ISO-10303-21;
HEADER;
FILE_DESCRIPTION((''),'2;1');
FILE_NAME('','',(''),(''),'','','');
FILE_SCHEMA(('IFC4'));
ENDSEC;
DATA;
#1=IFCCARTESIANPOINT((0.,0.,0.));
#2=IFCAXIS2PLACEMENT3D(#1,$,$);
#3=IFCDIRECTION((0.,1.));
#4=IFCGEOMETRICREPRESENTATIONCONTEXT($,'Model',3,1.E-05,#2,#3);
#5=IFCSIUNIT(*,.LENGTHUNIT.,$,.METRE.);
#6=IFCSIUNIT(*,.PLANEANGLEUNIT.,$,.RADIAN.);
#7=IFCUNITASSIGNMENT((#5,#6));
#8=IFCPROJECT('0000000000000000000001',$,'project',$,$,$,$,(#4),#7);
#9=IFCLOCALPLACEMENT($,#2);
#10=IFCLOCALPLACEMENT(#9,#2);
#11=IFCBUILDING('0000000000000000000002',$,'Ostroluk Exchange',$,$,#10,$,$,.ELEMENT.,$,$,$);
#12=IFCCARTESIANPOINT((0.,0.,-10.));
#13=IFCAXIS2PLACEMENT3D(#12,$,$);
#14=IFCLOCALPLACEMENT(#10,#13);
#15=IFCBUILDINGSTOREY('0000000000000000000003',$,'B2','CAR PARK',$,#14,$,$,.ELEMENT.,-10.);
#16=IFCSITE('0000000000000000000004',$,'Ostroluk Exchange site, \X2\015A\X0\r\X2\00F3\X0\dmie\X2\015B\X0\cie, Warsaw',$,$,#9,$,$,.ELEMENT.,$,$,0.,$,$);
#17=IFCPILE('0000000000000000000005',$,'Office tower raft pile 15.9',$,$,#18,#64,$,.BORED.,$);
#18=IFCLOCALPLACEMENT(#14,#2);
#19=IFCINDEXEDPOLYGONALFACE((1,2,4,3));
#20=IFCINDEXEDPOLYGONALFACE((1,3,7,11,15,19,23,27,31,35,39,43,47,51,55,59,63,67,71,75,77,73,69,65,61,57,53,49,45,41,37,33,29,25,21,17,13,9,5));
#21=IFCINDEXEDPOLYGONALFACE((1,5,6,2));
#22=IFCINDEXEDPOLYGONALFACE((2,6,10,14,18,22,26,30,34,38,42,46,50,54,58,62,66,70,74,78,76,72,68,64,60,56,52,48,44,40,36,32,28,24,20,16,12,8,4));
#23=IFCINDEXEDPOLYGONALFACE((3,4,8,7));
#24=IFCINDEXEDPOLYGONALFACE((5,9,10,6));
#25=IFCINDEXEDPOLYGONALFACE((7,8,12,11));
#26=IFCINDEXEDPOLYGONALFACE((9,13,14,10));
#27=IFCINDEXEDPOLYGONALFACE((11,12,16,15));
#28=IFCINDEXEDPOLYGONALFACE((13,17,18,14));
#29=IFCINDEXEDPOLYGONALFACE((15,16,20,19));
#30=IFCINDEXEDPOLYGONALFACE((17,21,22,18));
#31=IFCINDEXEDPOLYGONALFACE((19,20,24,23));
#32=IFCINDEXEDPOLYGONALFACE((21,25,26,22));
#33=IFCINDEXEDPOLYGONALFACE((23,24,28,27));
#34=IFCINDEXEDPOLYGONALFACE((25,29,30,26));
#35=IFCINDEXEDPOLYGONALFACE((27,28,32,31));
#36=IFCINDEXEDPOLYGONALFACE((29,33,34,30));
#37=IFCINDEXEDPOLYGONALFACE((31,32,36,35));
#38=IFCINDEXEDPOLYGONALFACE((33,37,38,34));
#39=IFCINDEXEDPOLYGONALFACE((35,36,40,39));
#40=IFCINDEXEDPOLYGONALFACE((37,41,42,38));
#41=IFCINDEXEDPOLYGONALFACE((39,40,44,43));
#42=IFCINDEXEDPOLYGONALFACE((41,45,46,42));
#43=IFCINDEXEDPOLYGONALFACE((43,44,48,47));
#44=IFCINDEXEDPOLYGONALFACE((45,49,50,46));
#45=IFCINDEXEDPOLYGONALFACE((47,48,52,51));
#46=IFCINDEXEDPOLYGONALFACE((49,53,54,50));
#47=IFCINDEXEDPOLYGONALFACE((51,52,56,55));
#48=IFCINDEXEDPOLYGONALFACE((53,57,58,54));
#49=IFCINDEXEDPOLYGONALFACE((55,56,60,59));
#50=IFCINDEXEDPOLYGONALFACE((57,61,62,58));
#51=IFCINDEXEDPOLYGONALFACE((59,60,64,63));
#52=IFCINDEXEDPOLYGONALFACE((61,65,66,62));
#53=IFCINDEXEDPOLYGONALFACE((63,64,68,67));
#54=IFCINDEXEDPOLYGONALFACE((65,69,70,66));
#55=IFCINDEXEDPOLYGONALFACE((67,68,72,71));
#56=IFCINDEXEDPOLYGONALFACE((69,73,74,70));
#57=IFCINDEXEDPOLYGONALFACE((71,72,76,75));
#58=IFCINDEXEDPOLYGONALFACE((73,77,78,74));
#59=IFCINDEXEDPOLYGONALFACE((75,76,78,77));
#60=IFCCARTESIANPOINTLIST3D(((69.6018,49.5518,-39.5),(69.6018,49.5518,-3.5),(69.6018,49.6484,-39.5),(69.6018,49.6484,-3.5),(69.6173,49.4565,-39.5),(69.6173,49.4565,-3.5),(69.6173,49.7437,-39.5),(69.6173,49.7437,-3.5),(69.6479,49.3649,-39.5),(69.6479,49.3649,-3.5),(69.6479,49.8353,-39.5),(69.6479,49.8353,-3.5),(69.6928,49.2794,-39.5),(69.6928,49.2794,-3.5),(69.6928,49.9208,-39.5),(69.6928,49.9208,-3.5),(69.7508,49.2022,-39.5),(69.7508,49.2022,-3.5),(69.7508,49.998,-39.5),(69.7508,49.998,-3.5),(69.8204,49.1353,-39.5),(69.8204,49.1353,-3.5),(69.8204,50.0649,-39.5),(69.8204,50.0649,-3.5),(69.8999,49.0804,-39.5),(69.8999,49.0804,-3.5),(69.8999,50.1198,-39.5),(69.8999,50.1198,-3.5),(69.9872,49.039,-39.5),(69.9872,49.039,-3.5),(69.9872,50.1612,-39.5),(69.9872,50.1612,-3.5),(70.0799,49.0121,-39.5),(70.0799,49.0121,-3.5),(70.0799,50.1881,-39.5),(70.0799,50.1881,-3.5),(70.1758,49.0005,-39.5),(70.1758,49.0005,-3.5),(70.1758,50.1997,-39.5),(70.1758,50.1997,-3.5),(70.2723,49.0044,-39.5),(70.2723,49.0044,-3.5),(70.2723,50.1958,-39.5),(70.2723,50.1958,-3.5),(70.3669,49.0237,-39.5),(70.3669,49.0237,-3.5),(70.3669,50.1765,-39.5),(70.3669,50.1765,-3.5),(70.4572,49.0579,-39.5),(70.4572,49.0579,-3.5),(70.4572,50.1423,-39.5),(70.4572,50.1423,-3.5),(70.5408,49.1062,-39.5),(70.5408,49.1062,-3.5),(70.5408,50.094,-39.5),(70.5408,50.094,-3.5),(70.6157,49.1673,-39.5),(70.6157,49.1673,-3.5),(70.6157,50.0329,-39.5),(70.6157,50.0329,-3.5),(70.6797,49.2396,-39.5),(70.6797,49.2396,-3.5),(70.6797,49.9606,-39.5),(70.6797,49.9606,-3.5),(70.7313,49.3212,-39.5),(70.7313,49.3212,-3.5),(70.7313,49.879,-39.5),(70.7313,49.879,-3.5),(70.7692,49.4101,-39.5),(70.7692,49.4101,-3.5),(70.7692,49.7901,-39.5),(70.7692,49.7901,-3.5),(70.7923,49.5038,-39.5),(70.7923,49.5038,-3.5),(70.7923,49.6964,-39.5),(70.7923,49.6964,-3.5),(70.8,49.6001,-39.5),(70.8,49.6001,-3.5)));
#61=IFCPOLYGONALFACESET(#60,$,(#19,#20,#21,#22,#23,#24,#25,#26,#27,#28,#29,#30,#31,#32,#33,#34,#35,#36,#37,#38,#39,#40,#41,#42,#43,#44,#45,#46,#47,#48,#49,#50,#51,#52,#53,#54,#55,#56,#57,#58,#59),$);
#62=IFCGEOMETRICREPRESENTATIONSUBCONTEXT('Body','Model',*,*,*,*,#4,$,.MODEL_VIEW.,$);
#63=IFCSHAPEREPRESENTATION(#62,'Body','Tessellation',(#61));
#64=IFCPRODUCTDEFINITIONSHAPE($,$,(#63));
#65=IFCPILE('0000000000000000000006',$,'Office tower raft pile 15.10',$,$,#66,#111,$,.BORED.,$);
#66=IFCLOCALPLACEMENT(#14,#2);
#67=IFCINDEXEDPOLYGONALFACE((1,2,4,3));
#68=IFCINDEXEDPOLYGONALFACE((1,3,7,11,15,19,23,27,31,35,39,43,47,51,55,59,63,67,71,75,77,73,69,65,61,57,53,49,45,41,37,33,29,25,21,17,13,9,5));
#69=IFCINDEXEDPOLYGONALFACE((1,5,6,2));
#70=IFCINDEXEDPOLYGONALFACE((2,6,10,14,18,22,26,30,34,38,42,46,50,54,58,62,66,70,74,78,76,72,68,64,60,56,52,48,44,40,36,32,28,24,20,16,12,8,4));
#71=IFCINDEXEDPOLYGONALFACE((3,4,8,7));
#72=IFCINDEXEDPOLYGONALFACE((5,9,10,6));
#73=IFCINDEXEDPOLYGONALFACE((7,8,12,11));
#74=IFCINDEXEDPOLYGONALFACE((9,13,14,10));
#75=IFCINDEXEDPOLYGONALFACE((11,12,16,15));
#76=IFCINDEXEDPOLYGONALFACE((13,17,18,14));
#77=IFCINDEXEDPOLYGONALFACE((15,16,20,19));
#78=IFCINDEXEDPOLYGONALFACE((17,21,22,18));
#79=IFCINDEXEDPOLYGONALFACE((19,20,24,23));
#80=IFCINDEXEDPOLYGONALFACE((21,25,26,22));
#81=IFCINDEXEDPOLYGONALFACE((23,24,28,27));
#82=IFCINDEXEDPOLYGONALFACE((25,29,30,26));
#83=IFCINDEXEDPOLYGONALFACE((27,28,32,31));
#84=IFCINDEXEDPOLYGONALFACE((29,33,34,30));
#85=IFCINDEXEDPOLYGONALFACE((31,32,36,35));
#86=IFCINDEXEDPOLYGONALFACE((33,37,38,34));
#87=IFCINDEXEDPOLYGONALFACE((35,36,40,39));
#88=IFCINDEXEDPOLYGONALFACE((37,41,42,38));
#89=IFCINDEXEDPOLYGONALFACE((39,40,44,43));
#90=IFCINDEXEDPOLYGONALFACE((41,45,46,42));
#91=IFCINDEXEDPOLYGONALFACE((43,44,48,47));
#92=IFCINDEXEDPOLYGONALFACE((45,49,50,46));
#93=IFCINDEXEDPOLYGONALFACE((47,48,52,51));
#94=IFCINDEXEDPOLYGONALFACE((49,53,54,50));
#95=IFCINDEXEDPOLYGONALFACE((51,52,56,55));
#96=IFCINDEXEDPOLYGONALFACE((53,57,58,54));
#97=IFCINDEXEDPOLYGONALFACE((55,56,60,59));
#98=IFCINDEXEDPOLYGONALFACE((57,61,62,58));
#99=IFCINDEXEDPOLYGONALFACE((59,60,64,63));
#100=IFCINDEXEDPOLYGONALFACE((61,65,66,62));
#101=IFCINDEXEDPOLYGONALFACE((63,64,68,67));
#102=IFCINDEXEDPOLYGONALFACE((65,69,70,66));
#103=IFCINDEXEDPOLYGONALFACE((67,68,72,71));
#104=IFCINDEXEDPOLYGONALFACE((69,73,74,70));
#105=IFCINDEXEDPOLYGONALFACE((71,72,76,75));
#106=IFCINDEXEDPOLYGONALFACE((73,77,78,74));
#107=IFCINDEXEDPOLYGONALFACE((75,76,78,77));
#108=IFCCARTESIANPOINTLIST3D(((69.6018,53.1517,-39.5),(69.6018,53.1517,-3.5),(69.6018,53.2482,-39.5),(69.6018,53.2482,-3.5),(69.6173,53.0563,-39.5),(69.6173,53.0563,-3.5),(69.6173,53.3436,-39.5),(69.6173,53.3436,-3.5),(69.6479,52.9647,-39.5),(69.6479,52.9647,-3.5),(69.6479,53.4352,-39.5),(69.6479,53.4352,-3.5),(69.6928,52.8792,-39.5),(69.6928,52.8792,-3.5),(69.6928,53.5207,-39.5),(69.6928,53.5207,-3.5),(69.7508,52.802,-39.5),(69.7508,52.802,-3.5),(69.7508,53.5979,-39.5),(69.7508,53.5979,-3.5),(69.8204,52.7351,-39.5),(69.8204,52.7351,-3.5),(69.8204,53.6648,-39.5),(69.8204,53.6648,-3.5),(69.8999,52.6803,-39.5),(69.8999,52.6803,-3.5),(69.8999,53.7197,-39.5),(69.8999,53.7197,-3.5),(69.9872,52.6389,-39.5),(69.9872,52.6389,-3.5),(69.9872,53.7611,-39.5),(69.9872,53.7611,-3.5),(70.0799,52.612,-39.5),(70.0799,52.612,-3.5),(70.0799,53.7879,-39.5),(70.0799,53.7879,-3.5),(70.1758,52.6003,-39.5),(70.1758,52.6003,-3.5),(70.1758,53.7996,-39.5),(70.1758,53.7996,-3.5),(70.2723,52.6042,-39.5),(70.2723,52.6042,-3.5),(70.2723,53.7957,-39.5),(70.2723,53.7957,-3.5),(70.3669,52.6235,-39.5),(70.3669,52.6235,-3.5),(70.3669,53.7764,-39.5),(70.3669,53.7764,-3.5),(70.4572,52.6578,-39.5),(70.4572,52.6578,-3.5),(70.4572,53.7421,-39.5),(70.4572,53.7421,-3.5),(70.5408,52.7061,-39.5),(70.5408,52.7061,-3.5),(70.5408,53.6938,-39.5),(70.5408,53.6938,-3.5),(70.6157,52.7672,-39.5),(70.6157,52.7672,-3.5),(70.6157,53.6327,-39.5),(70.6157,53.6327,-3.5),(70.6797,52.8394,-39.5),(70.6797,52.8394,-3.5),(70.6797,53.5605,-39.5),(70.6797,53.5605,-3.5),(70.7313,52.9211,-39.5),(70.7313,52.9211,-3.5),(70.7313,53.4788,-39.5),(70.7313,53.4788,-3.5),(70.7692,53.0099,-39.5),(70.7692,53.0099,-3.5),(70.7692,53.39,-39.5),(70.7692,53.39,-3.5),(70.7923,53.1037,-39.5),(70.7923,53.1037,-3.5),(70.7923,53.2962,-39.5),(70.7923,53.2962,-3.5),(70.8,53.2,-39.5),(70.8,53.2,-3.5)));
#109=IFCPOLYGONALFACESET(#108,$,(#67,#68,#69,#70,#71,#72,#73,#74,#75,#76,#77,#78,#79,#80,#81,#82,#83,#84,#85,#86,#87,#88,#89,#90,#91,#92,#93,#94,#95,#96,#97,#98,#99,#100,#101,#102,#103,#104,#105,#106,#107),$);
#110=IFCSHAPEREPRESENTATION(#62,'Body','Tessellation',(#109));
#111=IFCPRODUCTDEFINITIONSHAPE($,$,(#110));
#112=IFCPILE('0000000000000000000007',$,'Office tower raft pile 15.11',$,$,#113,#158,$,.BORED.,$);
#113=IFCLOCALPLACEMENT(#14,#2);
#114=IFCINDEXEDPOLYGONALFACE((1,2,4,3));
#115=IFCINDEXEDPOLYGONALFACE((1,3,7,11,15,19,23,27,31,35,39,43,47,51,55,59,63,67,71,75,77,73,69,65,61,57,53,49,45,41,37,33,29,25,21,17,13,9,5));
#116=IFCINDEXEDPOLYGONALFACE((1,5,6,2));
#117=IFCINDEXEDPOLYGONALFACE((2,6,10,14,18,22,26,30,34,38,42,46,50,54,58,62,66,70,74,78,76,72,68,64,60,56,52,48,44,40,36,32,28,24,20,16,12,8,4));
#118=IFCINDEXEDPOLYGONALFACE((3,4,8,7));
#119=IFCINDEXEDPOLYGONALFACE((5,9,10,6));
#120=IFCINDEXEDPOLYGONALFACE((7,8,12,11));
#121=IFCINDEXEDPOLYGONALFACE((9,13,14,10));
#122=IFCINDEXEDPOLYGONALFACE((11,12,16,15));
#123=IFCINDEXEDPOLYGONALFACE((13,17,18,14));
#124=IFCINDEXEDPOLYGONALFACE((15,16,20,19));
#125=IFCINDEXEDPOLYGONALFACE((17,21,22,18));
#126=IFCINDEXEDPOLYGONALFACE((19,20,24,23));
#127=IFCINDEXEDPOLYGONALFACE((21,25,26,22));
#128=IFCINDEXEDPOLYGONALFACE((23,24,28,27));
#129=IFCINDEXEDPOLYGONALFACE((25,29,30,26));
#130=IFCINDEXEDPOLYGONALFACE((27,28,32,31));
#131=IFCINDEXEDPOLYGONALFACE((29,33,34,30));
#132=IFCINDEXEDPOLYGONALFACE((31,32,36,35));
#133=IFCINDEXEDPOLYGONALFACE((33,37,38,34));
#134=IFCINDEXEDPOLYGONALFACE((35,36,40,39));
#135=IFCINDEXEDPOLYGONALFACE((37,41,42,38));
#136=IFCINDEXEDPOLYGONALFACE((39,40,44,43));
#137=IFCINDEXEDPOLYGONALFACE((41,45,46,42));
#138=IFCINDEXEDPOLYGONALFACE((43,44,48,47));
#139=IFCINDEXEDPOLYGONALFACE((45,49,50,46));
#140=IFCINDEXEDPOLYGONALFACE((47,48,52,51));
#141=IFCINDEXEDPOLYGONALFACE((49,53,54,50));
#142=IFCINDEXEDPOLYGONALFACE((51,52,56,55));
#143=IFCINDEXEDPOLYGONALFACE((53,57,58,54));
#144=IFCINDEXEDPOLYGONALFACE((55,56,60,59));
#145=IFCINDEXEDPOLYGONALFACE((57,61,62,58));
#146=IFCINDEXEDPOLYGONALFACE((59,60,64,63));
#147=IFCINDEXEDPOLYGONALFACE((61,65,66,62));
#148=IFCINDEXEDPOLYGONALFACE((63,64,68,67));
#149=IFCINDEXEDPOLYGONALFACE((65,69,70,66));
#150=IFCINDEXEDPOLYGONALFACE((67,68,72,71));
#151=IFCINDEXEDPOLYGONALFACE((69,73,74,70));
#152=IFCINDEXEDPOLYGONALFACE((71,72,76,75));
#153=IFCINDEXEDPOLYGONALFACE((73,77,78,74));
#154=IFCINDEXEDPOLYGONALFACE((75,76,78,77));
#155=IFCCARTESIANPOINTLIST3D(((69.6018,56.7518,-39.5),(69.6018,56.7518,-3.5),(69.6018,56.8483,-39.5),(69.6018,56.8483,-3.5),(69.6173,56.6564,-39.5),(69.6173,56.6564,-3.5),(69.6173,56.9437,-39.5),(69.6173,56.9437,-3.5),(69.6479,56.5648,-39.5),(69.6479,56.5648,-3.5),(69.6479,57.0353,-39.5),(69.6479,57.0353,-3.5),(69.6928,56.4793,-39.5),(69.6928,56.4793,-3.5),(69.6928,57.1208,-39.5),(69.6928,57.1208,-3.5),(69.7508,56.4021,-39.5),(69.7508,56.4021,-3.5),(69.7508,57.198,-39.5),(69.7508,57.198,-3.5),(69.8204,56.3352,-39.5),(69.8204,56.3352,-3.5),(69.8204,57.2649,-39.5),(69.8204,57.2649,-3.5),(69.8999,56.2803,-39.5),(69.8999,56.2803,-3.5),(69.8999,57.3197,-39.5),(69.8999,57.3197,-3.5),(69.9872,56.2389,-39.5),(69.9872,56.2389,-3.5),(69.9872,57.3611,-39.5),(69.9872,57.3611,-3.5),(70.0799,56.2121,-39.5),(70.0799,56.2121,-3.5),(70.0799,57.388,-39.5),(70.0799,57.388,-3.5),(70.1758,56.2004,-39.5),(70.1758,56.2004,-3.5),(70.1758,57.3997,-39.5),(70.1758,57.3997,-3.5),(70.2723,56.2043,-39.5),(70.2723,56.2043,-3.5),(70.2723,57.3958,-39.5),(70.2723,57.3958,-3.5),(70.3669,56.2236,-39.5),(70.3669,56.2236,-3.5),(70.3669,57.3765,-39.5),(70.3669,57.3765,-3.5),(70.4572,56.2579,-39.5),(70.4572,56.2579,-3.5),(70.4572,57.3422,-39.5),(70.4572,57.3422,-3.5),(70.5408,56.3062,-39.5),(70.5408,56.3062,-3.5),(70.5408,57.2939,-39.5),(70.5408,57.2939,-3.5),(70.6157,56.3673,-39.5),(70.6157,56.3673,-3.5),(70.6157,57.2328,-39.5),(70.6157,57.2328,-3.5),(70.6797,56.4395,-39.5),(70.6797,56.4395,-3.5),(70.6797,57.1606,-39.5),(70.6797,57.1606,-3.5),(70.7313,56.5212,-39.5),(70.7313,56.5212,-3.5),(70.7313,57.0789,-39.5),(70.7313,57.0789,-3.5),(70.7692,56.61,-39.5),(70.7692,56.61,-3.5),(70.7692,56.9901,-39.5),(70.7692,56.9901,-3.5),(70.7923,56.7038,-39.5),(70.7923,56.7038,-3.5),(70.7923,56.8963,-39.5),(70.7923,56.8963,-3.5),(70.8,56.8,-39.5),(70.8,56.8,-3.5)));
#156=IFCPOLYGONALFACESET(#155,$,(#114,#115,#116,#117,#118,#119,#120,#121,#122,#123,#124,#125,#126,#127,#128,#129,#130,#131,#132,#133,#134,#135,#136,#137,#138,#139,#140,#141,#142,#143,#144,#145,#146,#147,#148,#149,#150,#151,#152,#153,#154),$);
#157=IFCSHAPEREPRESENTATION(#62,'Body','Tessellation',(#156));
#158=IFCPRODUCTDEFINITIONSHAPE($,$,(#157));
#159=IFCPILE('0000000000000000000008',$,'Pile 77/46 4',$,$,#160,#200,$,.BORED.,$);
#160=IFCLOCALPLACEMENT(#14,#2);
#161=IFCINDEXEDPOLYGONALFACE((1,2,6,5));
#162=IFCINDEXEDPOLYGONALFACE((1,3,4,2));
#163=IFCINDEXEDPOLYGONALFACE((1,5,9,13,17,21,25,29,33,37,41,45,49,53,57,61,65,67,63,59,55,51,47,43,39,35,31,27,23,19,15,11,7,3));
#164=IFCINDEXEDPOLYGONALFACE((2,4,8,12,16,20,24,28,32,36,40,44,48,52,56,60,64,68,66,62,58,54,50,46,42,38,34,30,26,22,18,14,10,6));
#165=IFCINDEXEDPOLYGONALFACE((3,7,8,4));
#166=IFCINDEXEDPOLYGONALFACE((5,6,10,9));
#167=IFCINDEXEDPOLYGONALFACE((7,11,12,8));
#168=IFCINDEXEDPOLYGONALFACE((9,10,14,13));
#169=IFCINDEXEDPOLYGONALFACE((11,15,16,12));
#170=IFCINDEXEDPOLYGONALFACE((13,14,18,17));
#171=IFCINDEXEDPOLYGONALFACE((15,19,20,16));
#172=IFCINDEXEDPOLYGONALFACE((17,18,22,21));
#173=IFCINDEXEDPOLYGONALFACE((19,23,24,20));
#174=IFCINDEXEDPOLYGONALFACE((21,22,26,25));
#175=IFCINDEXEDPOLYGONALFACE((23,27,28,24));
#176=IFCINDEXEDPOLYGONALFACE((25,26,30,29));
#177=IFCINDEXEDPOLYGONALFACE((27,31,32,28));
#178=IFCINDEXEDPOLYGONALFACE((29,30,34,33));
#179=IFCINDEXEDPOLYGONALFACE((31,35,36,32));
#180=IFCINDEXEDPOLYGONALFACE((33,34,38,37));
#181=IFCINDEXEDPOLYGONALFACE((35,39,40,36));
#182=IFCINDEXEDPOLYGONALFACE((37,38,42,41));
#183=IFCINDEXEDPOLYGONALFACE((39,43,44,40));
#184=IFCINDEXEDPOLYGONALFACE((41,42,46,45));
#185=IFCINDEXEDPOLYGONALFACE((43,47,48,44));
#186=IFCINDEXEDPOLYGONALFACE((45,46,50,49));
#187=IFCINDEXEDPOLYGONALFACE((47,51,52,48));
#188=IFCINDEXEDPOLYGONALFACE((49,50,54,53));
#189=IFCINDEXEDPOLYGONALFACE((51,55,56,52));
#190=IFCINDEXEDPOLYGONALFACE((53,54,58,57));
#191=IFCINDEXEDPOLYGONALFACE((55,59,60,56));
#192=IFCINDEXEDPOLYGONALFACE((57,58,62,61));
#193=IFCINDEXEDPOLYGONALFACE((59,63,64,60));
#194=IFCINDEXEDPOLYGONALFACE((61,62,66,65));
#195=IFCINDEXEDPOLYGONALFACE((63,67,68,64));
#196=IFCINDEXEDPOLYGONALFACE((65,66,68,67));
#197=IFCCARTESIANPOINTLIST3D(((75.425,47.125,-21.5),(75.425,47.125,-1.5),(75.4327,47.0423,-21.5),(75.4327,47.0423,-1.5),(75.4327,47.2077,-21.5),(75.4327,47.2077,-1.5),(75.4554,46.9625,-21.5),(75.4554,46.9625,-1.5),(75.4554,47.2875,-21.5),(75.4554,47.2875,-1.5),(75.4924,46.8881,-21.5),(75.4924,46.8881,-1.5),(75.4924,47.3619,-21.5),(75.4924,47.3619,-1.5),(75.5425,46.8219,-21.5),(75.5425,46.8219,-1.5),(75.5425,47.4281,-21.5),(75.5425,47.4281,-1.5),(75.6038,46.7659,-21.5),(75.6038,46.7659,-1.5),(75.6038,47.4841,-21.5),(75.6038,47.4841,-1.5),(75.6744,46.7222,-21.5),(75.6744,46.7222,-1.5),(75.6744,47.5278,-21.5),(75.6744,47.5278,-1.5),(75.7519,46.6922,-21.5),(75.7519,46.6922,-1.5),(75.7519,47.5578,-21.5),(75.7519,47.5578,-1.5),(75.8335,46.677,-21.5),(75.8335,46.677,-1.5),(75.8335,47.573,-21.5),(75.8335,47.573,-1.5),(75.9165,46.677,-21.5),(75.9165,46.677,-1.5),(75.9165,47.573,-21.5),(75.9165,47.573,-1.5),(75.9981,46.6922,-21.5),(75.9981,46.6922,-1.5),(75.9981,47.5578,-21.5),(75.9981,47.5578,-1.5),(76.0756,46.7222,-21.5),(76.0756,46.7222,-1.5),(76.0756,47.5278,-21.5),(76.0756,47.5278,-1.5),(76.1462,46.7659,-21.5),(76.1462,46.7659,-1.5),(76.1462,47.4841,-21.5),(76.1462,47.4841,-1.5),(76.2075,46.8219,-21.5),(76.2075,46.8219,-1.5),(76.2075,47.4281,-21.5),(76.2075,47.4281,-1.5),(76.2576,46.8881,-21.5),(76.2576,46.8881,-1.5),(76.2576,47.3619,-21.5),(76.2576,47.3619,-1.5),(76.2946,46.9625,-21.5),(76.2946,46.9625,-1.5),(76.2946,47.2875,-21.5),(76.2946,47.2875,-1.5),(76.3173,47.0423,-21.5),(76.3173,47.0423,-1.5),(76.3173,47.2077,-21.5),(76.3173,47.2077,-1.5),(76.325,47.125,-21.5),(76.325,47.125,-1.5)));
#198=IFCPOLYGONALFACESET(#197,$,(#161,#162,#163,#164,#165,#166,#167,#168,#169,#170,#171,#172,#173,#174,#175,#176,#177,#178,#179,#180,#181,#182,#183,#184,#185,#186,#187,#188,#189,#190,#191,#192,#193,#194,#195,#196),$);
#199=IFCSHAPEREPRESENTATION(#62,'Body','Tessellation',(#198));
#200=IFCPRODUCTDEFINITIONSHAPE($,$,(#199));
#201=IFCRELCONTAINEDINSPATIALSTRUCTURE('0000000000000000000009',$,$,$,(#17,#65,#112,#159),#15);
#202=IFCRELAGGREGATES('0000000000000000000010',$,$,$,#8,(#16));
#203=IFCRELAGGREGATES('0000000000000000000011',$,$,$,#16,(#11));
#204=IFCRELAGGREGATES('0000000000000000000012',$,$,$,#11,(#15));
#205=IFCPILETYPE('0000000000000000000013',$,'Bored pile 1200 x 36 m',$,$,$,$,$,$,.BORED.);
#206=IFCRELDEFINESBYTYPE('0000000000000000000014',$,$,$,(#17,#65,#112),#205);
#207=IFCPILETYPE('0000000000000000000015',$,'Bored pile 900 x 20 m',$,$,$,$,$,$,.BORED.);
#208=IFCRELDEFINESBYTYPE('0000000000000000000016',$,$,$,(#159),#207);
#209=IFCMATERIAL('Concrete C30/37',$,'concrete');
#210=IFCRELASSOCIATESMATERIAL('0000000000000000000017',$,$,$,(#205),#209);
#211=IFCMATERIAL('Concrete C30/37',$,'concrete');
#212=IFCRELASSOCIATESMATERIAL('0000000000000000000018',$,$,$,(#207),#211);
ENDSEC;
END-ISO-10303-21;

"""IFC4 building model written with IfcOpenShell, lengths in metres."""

from ifc_helpers import new_model, si_unit, direction, frame, origin, origin_2d, place, context, subcontext, project, spatial, circle, extrude, material, type_object, element, save


model = new_model("IFC4")

# Units and contexts
model_context = context("Model", 3, precision=1e-05, world=origin(), true_north=direction((0.0, 1.0)))
body_context = subcontext(model_context, "Body", "Model", "MODEL_VIEW")
ifc_project = project(units=[si_unit("LENGTHUNIT", "METRE"), si_unit("PLANEANGLEUNIT", "RADIAN")], contexts=[model_context])

# Site, building, storey
site_placement = place(None, origin())
site = spatial("IfcSite", under=ifc_project, at=site_placement, Name="Ostroluk Exchange site, Śródmieście, Warsaw", CompositionType="ELEMENT", RefElevation=0.0)
building_placement = place(site_placement, origin())
building = spatial("IfcBuilding", under=site, at=building_placement, Name="Ostroluk Exchange", CompositionType="ELEMENT")
storey_placement = place(building_placement, frame((0.0, 0.0, -10.0)))
storey = spatial("IfcBuildingStorey", under=building, at=storey_placement, Name="B2", Description="CAR PARK", CompositionType="ELEMENT", Elevation=-10.0)

# Piles
ifc_material_1 = material(Name="Concrete C30/37", Category="concrete")
pile_type_1 = type_object("IfcPileType", Name="Bored pile 1200 x 36 m", PredefinedType="BORED", material=ifc_material_1)
for number, where, z_axis, x_axis, name in (
    (1, (70.2, 49.6001, -3.5), (0.0, 0.0, -1.0), (1.0, 0.0, 0.0), "Office tower raft pile 15.9"),
    (2, (70.2, 53.2, -3.5), (0.0, 0.0, -1.0), (1.0, 0.0, 0.0), "Office tower raft pile 15.10"),
    (3, (70.2, 56.8, -3.5), (0.0, 0.0, -1.0), (1.0, 0.0, 0.0), "Office tower raft pile 15.11"),
):
    element("IfcPile", number, at=place(storey_placement, frame(where, z_axis=z_axis, x_axis=x_axis)), inside=storey, type_object=pile_type_1, Name=name, PredefinedType="BORED", context=body_context, shape_type="SweptSolid", body=[
        extrude(circle(Radius=0.6001, at=origin_2d()), origin(), (0.0, 0.0, 1.0), 36.0),
    ])
ifc_material_2 = material(Name="Concrete C30/37", Category="concrete")
pile_type_2 = type_object("IfcPileType", Name="Bored pile 900 x 20 m", PredefinedType="BORED", material=ifc_material_2)
pile_placement = place(storey_placement, frame((75.875, 47.125, -1.5), z_axis=(0.0, 0.0, -1.0), x_axis=(1.0, 0.0, 0.0)))
element("IfcPile", 4, at=pile_placement, inside=storey, type_object=pile_type_2, Name="Pile 77/46 4", PredefinedType="BORED", context=body_context, shape_type="SweptSolid", body=[
    extrude(circle(Radius=0.45, at=origin_2d()), origin(), (0.0, 0.0, 1.0), 20.0),
])

save(model, "model.ifc")
